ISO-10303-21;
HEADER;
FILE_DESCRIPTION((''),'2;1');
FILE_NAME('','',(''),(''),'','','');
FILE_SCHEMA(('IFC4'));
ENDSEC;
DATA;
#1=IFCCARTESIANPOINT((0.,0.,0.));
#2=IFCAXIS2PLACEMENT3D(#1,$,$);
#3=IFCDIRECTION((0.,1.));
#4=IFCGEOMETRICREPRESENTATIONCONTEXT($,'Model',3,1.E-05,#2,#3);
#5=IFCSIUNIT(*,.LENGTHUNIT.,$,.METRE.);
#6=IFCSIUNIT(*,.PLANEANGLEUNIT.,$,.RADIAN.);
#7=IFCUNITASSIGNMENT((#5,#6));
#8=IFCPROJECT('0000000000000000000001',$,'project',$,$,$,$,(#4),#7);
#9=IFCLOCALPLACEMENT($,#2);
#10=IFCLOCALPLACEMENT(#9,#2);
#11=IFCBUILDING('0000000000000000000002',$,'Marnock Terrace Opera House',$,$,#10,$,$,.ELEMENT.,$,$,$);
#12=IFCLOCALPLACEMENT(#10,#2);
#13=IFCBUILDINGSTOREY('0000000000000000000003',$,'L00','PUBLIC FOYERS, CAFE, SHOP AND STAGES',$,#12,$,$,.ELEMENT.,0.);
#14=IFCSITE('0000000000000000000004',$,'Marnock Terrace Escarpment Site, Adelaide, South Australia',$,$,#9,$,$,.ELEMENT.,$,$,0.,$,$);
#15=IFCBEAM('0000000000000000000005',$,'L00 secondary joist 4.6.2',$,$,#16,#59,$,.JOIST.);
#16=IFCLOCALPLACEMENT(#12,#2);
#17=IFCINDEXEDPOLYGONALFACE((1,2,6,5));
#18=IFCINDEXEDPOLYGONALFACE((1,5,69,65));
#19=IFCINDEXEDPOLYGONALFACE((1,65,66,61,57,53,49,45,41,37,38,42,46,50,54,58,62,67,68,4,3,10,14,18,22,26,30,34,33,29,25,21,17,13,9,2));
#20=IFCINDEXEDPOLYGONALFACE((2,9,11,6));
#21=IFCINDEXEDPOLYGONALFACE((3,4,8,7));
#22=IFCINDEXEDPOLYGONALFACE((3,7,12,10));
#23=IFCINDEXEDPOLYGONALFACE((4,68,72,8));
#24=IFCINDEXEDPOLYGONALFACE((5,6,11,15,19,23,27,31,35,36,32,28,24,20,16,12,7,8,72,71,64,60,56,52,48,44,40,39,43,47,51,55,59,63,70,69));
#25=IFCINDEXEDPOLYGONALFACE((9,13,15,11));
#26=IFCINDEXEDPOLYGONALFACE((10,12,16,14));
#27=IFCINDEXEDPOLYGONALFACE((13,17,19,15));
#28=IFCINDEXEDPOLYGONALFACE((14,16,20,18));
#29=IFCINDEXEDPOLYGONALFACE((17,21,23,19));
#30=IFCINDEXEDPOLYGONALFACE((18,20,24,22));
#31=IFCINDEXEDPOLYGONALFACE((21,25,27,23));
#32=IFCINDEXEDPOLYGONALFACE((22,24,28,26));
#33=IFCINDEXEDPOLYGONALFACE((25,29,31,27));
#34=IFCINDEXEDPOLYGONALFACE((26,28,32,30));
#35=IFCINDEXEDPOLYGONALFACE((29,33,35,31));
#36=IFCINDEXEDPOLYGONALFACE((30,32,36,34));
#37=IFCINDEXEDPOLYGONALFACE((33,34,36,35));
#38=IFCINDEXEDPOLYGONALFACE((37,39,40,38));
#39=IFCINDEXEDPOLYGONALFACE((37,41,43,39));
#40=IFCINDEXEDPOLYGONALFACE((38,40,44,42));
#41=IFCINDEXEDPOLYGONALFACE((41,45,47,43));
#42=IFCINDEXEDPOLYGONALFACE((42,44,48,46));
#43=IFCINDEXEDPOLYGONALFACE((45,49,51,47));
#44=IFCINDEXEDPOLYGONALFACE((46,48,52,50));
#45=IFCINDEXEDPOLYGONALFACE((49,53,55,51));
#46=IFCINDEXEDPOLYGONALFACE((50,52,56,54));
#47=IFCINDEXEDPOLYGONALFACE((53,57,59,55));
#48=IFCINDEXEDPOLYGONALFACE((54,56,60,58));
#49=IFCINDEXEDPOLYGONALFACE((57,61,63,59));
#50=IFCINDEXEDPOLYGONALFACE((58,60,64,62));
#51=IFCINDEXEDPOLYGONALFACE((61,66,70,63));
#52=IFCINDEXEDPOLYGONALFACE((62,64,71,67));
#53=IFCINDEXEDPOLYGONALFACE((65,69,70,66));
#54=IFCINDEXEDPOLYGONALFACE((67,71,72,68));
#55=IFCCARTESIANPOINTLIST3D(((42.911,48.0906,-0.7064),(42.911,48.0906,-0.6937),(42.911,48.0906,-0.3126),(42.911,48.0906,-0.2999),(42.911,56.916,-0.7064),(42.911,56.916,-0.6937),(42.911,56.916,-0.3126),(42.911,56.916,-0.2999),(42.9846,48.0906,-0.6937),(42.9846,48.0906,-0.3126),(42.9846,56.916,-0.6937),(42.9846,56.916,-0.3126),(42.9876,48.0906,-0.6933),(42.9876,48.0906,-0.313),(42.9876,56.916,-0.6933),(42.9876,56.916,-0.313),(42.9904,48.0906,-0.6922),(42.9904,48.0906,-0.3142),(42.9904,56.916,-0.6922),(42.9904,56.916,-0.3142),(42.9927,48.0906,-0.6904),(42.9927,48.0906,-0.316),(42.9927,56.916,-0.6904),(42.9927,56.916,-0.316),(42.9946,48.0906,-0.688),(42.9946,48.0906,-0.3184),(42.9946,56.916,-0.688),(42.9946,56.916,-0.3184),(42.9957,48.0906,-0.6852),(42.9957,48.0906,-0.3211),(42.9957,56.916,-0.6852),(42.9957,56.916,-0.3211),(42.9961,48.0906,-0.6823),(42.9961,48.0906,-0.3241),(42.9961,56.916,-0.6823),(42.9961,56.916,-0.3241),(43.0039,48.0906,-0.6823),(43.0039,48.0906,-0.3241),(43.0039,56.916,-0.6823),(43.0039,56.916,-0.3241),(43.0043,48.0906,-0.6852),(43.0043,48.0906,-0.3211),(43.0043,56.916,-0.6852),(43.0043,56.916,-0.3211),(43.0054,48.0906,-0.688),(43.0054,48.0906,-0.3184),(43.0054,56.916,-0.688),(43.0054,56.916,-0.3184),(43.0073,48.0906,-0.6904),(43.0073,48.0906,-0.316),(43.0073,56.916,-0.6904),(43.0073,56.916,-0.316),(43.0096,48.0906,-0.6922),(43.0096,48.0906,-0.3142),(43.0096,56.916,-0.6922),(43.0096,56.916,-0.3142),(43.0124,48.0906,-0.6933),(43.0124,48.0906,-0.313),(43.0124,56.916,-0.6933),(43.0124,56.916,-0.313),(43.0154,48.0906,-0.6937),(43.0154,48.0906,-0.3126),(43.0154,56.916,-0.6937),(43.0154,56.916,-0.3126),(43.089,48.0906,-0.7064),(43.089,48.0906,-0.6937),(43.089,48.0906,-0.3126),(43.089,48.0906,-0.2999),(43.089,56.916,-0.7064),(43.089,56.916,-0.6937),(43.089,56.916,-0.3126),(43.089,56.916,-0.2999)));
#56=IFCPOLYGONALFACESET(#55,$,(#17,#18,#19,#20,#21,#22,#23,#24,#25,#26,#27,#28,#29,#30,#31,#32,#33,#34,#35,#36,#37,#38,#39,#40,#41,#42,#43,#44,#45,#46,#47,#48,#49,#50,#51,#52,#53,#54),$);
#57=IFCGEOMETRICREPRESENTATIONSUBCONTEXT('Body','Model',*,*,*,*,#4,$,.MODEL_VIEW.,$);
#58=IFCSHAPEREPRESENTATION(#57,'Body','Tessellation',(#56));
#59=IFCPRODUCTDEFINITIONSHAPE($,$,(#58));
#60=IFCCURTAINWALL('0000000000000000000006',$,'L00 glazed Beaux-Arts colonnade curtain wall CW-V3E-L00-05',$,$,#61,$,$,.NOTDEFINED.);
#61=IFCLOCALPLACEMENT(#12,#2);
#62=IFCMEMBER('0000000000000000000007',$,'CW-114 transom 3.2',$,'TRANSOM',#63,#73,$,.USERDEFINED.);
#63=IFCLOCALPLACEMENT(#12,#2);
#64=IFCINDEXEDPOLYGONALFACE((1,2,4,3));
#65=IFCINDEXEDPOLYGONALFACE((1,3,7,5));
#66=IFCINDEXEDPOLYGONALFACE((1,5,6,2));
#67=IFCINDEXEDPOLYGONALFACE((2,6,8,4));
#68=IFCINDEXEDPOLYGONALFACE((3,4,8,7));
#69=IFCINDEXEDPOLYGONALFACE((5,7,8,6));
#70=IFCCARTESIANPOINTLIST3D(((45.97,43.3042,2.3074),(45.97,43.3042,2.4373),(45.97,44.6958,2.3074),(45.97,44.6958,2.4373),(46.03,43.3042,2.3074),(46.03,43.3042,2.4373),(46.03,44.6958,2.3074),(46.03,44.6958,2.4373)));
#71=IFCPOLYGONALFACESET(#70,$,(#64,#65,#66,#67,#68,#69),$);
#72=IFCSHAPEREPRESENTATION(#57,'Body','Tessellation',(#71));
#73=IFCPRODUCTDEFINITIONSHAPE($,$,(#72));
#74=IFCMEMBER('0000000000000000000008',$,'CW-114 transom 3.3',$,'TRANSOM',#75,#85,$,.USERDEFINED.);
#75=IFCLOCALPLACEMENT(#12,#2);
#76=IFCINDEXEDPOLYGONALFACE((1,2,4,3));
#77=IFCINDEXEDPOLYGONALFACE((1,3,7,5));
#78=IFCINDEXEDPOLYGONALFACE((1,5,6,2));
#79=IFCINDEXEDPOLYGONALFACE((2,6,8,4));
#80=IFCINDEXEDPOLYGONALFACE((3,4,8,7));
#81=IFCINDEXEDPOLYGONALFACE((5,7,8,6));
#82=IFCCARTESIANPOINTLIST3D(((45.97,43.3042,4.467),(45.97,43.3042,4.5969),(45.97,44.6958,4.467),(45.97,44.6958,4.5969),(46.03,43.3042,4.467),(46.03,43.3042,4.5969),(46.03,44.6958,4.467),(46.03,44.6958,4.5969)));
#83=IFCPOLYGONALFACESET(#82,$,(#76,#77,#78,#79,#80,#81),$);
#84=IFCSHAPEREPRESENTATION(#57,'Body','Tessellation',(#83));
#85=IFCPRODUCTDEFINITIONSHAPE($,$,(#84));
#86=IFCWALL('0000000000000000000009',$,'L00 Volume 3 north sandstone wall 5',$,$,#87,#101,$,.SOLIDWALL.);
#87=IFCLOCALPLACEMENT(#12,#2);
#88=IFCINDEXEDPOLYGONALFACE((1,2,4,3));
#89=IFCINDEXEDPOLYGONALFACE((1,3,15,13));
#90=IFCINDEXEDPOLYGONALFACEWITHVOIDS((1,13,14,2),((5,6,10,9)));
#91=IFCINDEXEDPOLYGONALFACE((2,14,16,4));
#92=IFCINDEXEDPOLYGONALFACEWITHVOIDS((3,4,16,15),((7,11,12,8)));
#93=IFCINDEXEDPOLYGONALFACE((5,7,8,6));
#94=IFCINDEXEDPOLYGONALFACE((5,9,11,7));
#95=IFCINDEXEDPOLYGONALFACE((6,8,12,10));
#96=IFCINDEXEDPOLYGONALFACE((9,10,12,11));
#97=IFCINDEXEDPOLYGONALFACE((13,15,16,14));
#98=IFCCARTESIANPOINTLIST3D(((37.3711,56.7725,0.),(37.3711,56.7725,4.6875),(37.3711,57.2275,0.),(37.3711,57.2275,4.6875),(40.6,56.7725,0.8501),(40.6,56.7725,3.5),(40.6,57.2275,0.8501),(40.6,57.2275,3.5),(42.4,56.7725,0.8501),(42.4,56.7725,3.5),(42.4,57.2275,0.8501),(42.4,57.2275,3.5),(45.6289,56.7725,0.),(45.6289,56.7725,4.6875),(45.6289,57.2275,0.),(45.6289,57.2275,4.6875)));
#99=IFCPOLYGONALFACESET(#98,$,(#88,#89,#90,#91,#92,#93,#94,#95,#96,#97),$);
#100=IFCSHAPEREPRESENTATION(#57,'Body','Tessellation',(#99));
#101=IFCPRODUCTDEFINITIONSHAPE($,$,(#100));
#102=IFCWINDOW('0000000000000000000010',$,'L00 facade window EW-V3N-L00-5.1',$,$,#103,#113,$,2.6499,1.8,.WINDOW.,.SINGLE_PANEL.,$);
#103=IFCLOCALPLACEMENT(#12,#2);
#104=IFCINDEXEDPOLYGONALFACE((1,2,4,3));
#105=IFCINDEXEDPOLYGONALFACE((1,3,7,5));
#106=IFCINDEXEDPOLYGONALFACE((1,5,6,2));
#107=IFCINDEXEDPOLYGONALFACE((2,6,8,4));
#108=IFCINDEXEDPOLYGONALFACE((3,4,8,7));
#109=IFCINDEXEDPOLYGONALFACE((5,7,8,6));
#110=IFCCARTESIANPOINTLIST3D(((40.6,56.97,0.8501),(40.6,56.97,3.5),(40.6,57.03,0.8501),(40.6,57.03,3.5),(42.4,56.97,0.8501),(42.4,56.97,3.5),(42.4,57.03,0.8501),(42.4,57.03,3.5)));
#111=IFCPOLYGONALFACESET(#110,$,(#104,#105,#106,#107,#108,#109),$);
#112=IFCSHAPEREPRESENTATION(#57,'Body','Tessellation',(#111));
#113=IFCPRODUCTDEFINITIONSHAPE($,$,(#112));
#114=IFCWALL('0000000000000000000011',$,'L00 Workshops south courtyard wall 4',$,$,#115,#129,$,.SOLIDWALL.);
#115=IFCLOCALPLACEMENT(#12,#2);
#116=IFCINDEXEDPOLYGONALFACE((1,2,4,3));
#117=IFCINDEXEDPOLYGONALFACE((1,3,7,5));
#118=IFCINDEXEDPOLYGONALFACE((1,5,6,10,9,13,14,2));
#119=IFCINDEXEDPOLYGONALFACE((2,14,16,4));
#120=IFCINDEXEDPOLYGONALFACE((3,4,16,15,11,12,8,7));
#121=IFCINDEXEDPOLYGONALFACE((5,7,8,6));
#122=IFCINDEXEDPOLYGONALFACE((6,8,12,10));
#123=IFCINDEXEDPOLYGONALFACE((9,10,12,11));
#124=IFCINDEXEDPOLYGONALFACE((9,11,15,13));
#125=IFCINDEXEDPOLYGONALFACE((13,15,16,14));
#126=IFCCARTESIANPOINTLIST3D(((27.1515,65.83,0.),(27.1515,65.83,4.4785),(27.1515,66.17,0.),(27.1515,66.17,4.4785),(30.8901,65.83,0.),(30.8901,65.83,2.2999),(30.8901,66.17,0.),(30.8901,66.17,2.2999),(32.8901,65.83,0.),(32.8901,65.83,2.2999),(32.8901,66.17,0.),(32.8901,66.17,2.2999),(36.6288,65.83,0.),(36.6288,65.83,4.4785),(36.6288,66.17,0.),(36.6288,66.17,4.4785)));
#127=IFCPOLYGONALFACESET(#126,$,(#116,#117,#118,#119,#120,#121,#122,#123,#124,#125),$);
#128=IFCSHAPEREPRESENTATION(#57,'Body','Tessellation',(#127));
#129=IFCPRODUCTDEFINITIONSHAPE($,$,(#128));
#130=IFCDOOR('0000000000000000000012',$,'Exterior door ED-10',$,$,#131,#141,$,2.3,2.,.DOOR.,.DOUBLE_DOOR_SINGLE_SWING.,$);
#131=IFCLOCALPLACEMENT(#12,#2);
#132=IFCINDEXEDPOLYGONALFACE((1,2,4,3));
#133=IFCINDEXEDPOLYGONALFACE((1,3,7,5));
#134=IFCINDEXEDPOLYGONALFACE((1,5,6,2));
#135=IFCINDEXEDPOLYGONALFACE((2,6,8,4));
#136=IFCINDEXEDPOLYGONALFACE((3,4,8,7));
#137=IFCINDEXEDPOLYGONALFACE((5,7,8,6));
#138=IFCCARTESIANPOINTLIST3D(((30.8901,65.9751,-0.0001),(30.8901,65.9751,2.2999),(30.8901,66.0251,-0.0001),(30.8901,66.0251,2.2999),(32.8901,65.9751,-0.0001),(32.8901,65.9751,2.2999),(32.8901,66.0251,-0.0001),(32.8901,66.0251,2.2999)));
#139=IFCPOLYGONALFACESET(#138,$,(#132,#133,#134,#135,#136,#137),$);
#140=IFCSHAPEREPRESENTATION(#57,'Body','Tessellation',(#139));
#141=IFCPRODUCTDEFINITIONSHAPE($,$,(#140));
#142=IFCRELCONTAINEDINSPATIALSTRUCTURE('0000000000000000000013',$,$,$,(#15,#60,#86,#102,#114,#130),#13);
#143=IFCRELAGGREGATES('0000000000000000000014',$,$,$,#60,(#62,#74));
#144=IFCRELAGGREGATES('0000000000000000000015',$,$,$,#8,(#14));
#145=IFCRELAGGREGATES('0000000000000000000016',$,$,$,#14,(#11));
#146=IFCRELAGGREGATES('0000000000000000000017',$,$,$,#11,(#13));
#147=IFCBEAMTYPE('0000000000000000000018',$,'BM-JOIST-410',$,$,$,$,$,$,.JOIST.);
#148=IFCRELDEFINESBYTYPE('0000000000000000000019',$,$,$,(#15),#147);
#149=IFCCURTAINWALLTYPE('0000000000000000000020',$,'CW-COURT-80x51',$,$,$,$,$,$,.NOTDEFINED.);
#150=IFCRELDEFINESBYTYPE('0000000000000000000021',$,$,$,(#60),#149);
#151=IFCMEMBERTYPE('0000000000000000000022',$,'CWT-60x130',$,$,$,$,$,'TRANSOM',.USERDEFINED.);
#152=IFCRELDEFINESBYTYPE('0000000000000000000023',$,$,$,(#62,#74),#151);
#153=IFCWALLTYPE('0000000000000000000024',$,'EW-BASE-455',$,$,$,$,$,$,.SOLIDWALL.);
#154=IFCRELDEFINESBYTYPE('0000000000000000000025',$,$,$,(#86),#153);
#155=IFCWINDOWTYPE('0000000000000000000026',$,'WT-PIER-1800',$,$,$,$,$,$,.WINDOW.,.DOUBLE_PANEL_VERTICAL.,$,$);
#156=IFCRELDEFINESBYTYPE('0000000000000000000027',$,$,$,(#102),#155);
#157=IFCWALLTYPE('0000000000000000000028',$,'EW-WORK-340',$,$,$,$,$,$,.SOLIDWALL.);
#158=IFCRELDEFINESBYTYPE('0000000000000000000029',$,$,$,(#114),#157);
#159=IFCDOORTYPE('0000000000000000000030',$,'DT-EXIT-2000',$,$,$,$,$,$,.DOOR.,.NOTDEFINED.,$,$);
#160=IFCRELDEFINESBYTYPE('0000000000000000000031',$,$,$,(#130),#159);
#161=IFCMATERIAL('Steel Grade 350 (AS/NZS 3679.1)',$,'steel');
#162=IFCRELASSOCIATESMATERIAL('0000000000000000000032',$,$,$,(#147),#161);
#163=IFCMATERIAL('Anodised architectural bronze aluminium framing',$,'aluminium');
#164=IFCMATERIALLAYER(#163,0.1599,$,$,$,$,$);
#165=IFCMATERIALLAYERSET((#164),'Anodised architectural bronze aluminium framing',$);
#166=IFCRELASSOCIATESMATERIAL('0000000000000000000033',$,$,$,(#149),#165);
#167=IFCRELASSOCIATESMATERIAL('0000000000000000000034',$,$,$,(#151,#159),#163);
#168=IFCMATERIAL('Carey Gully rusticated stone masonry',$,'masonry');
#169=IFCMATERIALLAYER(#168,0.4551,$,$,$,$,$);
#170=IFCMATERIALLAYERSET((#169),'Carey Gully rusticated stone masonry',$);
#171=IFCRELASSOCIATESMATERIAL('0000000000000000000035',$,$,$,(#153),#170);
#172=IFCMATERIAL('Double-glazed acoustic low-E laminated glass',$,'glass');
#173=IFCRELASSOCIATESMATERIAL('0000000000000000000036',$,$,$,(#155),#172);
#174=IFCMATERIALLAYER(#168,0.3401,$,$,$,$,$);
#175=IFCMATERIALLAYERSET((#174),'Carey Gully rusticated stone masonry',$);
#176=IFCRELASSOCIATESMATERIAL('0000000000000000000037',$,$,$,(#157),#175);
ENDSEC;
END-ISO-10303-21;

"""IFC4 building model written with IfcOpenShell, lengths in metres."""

from ifc_helpers import new_model, si_unit, direction, frame, frame_2d, origin, origin_2d, place, context, subcontext, project, spatial, rectangle, i_section, extrude, material, layer, layer_set, material_profile, profile_set, type_object, element, fill, aggregate, save


model = new_model("IFC4")

# Units and contexts
model_context = context("Model", 3, precision=1e-05, world=origin(), true_north=direction((0.0, 1.0)))
body_context = subcontext(model_context, "Body", "Model", "MODEL_VIEW")
ifc_project = project(units=[si_unit("LENGTHUNIT", "METRE"), si_unit("PLANEANGLEUNIT", "RADIAN")], contexts=[model_context])

# Site, building, storey
site_placement = place(None, origin())
site = spatial("IfcSite", under=ifc_project, at=site_placement, Name="Marnock Terrace Escarpment Site, Adelaide, South Australia", CompositionType="ELEMENT", RefElevation=0.0)
building_placement = place(site_placement, origin())
building = spatial("IfcBuilding", under=site, at=building_placement, Name="Marnock Terrace Opera House", CompositionType="ELEMENT")
storey_placement = place(building_placement, origin())
storey = spatial("IfcBuildingStorey", under=building, at=storey_placement, Name="L00", Description="PUBLIC FOYERS, CAFE, SHOP AND STAGES", CompositionType="ELEMENT", Elevation=0.0)

# Shared definitions
ifc_material_1 = material(Name="Steel Grade 350 (AS/NZS 3679.1)", Category="steel")

# Beam
ifc_material_profile_1 = material_profile(ifc_material_1, i_section(OverallWidth=0.178, OverallDepth=0.4065, WebThickness=0.0078, FlangeThickness=0.0127, FilletRadius=0.0115, at=origin_2d()))
ifc_profile_set_1 = profile_set([ifc_material_profile_1], Name="Steel Grade 350 (AS/NZS 3679.1)")
beam_type_1 = type_object("IfcBeamType", Name="BM-JOIST-410", PredefinedType="JOIST", material=ifc_profile_set_1)
for number, where, z_axis, x_axis, name in (
    (1, (43.0, 48.0906, -0.5032), (0.0, 1.0, 0.0), (-1.0, 0.0, 0.0), "L00 secondary joist 4.6.2"),
):
    element("IfcBeam", number, at=place(storey_placement, frame(where, z_axis=z_axis, x_axis=x_axis)), inside=storey, type_object=beam_type_1, Name=name, PredefinedType="JOIST", context=body_context, shape_type="SweptSolid", body=[
        extrude(i_section(OverallWidth=0.178, OverallDepth=0.4065, WebThickness=0.0078, FlangeThickness=0.0127, FilletRadius=0.0115, at=origin_2d()), origin(), (0.0, 0.0, 1.0), 8.8254),
    ])

# Curtain wall, members
ifc_material_2 = material(Name="Anodised architectural bronze aluminium framing", Category="aluminium")
ifc_layer_1 = layer(ifc_material_2, 0.1599)
ifc_layer_set_1 = layer_set([ifc_layer_1], Name="Anodised architectural bronze aluminium framing")
curtain_wall_type = type_object("IfcCurtainWallType", Name="CW-COURT-80x51", PredefinedType="NOTDEFINED", material=ifc_layer_set_1)
curtain_wall_placement = place(storey_placement, origin())
curtain_wall = element("IfcCurtainWall", 2, at=curtain_wall_placement, inside=storey, type_object=curtain_wall_type, Name="L00 glazed Beaux-Arts colonnade curtain wall CW-V3E-L00-05", PredefinedType="NOTDEFINED")
ifc_material_profile_2 = material_profile(ifc_material_2, rectangle(XDim=0.0601, YDim=0.1299, at=origin_2d()))
ifc_profile_set_2 = profile_set([ifc_material_profile_2], Name="Anodised architectural bronze aluminium framing")
member_type = type_object("IfcMemberType", Name="CWT-60x130", ElementType="TRANSOM", PredefinedType="USERDEFINED", material=ifc_profile_set_2)
member_1_placement = place(storey_placement, frame((46.0, 43.3042, 2.3723), z_axis=(0.0, 1.0, 0.0), x_axis=(-1.0, 0.0, 0.0)))
member_1 = element("IfcMember", 3, at=member_1_placement, type_object=member_type, Name="CW-114 transom 3.2", ObjectType="TRANSOM", PredefinedType="USERDEFINED", context=body_context, shape_type="SweptSolid", body=[
    extrude(rectangle(XDim=0.0601, YDim=0.1299, at=origin_2d()), origin(), (0.0, 0.0, 1.0), 1.3916),
])
member_2_placement = place(storey_placement, frame((46.0, 43.3042, 4.532), z_axis=(0.0, 1.0, 0.0), x_axis=(-1.0, 0.0, 0.0)))
member_2 = element("IfcMember", 4, at=member_2_placement, type_object=member_type, Name="CW-114 transom 3.3", ObjectType="TRANSOM", PredefinedType="USERDEFINED", context=body_context, shape_type="SweptSolid", body=[
    extrude(rectangle(XDim=0.0601, YDim=0.1299, at=origin_2d()), origin(), (0.0, 0.0, 1.0), 1.3916),
])
aggregate(curtain_wall, [member_1, member_2])

# Shared definitions
ifc_material_3 = material(Name="Carey Gully rusticated stone masonry", Category="masonry")
ifc_layer_2 = layer(ifc_material_3, 0.4551)
ifc_layer_set_2 = layer_set([ifc_layer_2], Name="Carey Gully rusticated stone masonry")
wall_type_1 = type_object("IfcWallType", Name="EW-BASE-455", PredefinedType="SOLIDWALL", material=ifc_layer_set_2)

# Wall, opening, window
wall_1_placement = place(storey_placement, frame((37.3711, 57.0, 0.0), z_axis=(0.0, 0.0, 1.0), x_axis=(1.0, 0.0, 0.0)))
wall_1 = element("IfcWall", 5, at=wall_1_placement, inside=storey, type_object=wall_type_1, Name="L00 Volume 3 north sandstone wall 5", PredefinedType="SOLIDWALL", context=body_context, shape_type="SweptSolid", body=[
    extrude(rectangle(XDim=8.2578, YDim=0.4551, at=frame_2d((4.1289, 0.0))), origin(), (0.0, 0.0, 1.0), 4.6875),
])
opening_1_placement = place(wall_1_placement, frame((3.229, 0.0, 0.8501)))
opening_1 = element("IfcOpeningElement", 6, at=opening_1_placement, cuts=wall_1, PredefinedType="OPENING", context=body_context, shape_type="SweptSolid", body=[
    extrude(rectangle(XDim=1.8, YDim=2.6499, at=frame_2d((0.8999, 1.325))), frame((0.0, 0.2375, 0.0), z_axis=(0.0, -1.0, 0.0), x_axis=(1.0, 0.0, 0.0)), (0.0, 0.0, 1.0), 0.4751),
])
ifc_material_4 = material(Name="Double-glazed acoustic low-E laminated glass", Category="glass")
window_type = type_object("IfcWindowType", Name="WT-PIER-1800", PartitioningType="DOUBLE_PANEL_VERTICAL", PredefinedType="WINDOW", material=ifc_material_4)
window_placement = place(opening_1_placement, origin())
window = element("IfcWindow", 7, at=window_placement, inside=storey, type_object=window_type, Name="L00 facade window EW-V3N-L00-5.1", OverallHeight=2.6499, OverallWidth=1.8, PartitioningType="SINGLE_PANEL", PredefinedType="WINDOW", context=body_context, shape_type="SweptSolid", body=[
    extrude(rectangle(XDim=1.8, YDim=2.6499, at=frame_2d((0.8999, 1.325))), frame((0.0, 0.03, 0.0), z_axis=(0.0, -1.0, 0.0), x_axis=(1.0, 0.0, 0.0)), (0.0, 0.0, 1.0), 0.0601),
])
fill(opening_1, window)

# Wall, opening, door
ifc_layer_3 = layer(ifc_material_3, 0.3401)
ifc_layer_set_3 = layer_set([ifc_layer_3], Name="Carey Gully rusticated stone masonry")
wall_type_2 = type_object("IfcWallType", Name="EW-WORK-340", PredefinedType="SOLIDWALL", material=ifc_layer_set_3)
wall_2_placement = place(storey_placement, frame((36.6289, 66.0, 0.0), z_axis=(0.0, 0.0, 1.0), x_axis=(-1.0, 0.0, 0.0)))
wall_2 = element("IfcWall", 8, at=wall_2_placement, inside=storey, type_object=wall_type_2, Name="L00 Workshops south courtyard wall 4", PredefinedType="SOLIDWALL", context=body_context, shape_type="SweptSolid", body=[
    extrude(rectangle(XDim=9.4773, YDim=0.3401, at=frame_2d((4.7388, 0.0))), origin(), (0.0, 0.0, 1.0), 4.4785),
])
opening_2_placement = place(wall_2_placement, frame((3.7388, 0.0, 0.0)))
opening_2 = element("IfcOpeningElement", 9, at=opening_2_placement, cuts=wall_2, PredefinedType="OPENING", context=body_context, shape_type="SweptSolid", body=[
    extrude(rectangle(XDim=2.0, YDim=2.3, at=frame_2d((1.0, 1.1499))), frame((0.0, 0.1799, 0.0), z_axis=(0.0, -1.0, 0.0), x_axis=(1.0, 0.0, 0.0)), (0.0, 0.0, 1.0), 0.3601),
])
door_type_1 = type_object("IfcDoorType", Name="DT-EXIT-2000", OperationType="NOTDEFINED", PredefinedType="DOOR", material=ifc_material_2)
door_1_placement = place(opening_2_placement, origin())
door_1 = element("IfcDoor", 10, at=door_1_placement, inside=storey, type_object=door_type_1, Name="Exterior door ED-10", OperationType="DOUBLE_DOOR_SINGLE_SWING", OverallHeight=2.3, OverallWidth=2.0, PredefinedType="DOOR", context=body_context, shape_type="SweptSolid", body=[
    extrude(rectangle(XDim=2.0, YDim=2.3, at=frame_2d((1.0, 1.1499))), frame((0.0, 0.0249, 0.0), z_axis=(0.0, -1.0, 0.0), x_axis=(1.0, 0.0, 0.0)), (0.0, 0.0, 1.0), 0.05),
])
fill(opening_2, door_1)

save(model, "model.ifc")
